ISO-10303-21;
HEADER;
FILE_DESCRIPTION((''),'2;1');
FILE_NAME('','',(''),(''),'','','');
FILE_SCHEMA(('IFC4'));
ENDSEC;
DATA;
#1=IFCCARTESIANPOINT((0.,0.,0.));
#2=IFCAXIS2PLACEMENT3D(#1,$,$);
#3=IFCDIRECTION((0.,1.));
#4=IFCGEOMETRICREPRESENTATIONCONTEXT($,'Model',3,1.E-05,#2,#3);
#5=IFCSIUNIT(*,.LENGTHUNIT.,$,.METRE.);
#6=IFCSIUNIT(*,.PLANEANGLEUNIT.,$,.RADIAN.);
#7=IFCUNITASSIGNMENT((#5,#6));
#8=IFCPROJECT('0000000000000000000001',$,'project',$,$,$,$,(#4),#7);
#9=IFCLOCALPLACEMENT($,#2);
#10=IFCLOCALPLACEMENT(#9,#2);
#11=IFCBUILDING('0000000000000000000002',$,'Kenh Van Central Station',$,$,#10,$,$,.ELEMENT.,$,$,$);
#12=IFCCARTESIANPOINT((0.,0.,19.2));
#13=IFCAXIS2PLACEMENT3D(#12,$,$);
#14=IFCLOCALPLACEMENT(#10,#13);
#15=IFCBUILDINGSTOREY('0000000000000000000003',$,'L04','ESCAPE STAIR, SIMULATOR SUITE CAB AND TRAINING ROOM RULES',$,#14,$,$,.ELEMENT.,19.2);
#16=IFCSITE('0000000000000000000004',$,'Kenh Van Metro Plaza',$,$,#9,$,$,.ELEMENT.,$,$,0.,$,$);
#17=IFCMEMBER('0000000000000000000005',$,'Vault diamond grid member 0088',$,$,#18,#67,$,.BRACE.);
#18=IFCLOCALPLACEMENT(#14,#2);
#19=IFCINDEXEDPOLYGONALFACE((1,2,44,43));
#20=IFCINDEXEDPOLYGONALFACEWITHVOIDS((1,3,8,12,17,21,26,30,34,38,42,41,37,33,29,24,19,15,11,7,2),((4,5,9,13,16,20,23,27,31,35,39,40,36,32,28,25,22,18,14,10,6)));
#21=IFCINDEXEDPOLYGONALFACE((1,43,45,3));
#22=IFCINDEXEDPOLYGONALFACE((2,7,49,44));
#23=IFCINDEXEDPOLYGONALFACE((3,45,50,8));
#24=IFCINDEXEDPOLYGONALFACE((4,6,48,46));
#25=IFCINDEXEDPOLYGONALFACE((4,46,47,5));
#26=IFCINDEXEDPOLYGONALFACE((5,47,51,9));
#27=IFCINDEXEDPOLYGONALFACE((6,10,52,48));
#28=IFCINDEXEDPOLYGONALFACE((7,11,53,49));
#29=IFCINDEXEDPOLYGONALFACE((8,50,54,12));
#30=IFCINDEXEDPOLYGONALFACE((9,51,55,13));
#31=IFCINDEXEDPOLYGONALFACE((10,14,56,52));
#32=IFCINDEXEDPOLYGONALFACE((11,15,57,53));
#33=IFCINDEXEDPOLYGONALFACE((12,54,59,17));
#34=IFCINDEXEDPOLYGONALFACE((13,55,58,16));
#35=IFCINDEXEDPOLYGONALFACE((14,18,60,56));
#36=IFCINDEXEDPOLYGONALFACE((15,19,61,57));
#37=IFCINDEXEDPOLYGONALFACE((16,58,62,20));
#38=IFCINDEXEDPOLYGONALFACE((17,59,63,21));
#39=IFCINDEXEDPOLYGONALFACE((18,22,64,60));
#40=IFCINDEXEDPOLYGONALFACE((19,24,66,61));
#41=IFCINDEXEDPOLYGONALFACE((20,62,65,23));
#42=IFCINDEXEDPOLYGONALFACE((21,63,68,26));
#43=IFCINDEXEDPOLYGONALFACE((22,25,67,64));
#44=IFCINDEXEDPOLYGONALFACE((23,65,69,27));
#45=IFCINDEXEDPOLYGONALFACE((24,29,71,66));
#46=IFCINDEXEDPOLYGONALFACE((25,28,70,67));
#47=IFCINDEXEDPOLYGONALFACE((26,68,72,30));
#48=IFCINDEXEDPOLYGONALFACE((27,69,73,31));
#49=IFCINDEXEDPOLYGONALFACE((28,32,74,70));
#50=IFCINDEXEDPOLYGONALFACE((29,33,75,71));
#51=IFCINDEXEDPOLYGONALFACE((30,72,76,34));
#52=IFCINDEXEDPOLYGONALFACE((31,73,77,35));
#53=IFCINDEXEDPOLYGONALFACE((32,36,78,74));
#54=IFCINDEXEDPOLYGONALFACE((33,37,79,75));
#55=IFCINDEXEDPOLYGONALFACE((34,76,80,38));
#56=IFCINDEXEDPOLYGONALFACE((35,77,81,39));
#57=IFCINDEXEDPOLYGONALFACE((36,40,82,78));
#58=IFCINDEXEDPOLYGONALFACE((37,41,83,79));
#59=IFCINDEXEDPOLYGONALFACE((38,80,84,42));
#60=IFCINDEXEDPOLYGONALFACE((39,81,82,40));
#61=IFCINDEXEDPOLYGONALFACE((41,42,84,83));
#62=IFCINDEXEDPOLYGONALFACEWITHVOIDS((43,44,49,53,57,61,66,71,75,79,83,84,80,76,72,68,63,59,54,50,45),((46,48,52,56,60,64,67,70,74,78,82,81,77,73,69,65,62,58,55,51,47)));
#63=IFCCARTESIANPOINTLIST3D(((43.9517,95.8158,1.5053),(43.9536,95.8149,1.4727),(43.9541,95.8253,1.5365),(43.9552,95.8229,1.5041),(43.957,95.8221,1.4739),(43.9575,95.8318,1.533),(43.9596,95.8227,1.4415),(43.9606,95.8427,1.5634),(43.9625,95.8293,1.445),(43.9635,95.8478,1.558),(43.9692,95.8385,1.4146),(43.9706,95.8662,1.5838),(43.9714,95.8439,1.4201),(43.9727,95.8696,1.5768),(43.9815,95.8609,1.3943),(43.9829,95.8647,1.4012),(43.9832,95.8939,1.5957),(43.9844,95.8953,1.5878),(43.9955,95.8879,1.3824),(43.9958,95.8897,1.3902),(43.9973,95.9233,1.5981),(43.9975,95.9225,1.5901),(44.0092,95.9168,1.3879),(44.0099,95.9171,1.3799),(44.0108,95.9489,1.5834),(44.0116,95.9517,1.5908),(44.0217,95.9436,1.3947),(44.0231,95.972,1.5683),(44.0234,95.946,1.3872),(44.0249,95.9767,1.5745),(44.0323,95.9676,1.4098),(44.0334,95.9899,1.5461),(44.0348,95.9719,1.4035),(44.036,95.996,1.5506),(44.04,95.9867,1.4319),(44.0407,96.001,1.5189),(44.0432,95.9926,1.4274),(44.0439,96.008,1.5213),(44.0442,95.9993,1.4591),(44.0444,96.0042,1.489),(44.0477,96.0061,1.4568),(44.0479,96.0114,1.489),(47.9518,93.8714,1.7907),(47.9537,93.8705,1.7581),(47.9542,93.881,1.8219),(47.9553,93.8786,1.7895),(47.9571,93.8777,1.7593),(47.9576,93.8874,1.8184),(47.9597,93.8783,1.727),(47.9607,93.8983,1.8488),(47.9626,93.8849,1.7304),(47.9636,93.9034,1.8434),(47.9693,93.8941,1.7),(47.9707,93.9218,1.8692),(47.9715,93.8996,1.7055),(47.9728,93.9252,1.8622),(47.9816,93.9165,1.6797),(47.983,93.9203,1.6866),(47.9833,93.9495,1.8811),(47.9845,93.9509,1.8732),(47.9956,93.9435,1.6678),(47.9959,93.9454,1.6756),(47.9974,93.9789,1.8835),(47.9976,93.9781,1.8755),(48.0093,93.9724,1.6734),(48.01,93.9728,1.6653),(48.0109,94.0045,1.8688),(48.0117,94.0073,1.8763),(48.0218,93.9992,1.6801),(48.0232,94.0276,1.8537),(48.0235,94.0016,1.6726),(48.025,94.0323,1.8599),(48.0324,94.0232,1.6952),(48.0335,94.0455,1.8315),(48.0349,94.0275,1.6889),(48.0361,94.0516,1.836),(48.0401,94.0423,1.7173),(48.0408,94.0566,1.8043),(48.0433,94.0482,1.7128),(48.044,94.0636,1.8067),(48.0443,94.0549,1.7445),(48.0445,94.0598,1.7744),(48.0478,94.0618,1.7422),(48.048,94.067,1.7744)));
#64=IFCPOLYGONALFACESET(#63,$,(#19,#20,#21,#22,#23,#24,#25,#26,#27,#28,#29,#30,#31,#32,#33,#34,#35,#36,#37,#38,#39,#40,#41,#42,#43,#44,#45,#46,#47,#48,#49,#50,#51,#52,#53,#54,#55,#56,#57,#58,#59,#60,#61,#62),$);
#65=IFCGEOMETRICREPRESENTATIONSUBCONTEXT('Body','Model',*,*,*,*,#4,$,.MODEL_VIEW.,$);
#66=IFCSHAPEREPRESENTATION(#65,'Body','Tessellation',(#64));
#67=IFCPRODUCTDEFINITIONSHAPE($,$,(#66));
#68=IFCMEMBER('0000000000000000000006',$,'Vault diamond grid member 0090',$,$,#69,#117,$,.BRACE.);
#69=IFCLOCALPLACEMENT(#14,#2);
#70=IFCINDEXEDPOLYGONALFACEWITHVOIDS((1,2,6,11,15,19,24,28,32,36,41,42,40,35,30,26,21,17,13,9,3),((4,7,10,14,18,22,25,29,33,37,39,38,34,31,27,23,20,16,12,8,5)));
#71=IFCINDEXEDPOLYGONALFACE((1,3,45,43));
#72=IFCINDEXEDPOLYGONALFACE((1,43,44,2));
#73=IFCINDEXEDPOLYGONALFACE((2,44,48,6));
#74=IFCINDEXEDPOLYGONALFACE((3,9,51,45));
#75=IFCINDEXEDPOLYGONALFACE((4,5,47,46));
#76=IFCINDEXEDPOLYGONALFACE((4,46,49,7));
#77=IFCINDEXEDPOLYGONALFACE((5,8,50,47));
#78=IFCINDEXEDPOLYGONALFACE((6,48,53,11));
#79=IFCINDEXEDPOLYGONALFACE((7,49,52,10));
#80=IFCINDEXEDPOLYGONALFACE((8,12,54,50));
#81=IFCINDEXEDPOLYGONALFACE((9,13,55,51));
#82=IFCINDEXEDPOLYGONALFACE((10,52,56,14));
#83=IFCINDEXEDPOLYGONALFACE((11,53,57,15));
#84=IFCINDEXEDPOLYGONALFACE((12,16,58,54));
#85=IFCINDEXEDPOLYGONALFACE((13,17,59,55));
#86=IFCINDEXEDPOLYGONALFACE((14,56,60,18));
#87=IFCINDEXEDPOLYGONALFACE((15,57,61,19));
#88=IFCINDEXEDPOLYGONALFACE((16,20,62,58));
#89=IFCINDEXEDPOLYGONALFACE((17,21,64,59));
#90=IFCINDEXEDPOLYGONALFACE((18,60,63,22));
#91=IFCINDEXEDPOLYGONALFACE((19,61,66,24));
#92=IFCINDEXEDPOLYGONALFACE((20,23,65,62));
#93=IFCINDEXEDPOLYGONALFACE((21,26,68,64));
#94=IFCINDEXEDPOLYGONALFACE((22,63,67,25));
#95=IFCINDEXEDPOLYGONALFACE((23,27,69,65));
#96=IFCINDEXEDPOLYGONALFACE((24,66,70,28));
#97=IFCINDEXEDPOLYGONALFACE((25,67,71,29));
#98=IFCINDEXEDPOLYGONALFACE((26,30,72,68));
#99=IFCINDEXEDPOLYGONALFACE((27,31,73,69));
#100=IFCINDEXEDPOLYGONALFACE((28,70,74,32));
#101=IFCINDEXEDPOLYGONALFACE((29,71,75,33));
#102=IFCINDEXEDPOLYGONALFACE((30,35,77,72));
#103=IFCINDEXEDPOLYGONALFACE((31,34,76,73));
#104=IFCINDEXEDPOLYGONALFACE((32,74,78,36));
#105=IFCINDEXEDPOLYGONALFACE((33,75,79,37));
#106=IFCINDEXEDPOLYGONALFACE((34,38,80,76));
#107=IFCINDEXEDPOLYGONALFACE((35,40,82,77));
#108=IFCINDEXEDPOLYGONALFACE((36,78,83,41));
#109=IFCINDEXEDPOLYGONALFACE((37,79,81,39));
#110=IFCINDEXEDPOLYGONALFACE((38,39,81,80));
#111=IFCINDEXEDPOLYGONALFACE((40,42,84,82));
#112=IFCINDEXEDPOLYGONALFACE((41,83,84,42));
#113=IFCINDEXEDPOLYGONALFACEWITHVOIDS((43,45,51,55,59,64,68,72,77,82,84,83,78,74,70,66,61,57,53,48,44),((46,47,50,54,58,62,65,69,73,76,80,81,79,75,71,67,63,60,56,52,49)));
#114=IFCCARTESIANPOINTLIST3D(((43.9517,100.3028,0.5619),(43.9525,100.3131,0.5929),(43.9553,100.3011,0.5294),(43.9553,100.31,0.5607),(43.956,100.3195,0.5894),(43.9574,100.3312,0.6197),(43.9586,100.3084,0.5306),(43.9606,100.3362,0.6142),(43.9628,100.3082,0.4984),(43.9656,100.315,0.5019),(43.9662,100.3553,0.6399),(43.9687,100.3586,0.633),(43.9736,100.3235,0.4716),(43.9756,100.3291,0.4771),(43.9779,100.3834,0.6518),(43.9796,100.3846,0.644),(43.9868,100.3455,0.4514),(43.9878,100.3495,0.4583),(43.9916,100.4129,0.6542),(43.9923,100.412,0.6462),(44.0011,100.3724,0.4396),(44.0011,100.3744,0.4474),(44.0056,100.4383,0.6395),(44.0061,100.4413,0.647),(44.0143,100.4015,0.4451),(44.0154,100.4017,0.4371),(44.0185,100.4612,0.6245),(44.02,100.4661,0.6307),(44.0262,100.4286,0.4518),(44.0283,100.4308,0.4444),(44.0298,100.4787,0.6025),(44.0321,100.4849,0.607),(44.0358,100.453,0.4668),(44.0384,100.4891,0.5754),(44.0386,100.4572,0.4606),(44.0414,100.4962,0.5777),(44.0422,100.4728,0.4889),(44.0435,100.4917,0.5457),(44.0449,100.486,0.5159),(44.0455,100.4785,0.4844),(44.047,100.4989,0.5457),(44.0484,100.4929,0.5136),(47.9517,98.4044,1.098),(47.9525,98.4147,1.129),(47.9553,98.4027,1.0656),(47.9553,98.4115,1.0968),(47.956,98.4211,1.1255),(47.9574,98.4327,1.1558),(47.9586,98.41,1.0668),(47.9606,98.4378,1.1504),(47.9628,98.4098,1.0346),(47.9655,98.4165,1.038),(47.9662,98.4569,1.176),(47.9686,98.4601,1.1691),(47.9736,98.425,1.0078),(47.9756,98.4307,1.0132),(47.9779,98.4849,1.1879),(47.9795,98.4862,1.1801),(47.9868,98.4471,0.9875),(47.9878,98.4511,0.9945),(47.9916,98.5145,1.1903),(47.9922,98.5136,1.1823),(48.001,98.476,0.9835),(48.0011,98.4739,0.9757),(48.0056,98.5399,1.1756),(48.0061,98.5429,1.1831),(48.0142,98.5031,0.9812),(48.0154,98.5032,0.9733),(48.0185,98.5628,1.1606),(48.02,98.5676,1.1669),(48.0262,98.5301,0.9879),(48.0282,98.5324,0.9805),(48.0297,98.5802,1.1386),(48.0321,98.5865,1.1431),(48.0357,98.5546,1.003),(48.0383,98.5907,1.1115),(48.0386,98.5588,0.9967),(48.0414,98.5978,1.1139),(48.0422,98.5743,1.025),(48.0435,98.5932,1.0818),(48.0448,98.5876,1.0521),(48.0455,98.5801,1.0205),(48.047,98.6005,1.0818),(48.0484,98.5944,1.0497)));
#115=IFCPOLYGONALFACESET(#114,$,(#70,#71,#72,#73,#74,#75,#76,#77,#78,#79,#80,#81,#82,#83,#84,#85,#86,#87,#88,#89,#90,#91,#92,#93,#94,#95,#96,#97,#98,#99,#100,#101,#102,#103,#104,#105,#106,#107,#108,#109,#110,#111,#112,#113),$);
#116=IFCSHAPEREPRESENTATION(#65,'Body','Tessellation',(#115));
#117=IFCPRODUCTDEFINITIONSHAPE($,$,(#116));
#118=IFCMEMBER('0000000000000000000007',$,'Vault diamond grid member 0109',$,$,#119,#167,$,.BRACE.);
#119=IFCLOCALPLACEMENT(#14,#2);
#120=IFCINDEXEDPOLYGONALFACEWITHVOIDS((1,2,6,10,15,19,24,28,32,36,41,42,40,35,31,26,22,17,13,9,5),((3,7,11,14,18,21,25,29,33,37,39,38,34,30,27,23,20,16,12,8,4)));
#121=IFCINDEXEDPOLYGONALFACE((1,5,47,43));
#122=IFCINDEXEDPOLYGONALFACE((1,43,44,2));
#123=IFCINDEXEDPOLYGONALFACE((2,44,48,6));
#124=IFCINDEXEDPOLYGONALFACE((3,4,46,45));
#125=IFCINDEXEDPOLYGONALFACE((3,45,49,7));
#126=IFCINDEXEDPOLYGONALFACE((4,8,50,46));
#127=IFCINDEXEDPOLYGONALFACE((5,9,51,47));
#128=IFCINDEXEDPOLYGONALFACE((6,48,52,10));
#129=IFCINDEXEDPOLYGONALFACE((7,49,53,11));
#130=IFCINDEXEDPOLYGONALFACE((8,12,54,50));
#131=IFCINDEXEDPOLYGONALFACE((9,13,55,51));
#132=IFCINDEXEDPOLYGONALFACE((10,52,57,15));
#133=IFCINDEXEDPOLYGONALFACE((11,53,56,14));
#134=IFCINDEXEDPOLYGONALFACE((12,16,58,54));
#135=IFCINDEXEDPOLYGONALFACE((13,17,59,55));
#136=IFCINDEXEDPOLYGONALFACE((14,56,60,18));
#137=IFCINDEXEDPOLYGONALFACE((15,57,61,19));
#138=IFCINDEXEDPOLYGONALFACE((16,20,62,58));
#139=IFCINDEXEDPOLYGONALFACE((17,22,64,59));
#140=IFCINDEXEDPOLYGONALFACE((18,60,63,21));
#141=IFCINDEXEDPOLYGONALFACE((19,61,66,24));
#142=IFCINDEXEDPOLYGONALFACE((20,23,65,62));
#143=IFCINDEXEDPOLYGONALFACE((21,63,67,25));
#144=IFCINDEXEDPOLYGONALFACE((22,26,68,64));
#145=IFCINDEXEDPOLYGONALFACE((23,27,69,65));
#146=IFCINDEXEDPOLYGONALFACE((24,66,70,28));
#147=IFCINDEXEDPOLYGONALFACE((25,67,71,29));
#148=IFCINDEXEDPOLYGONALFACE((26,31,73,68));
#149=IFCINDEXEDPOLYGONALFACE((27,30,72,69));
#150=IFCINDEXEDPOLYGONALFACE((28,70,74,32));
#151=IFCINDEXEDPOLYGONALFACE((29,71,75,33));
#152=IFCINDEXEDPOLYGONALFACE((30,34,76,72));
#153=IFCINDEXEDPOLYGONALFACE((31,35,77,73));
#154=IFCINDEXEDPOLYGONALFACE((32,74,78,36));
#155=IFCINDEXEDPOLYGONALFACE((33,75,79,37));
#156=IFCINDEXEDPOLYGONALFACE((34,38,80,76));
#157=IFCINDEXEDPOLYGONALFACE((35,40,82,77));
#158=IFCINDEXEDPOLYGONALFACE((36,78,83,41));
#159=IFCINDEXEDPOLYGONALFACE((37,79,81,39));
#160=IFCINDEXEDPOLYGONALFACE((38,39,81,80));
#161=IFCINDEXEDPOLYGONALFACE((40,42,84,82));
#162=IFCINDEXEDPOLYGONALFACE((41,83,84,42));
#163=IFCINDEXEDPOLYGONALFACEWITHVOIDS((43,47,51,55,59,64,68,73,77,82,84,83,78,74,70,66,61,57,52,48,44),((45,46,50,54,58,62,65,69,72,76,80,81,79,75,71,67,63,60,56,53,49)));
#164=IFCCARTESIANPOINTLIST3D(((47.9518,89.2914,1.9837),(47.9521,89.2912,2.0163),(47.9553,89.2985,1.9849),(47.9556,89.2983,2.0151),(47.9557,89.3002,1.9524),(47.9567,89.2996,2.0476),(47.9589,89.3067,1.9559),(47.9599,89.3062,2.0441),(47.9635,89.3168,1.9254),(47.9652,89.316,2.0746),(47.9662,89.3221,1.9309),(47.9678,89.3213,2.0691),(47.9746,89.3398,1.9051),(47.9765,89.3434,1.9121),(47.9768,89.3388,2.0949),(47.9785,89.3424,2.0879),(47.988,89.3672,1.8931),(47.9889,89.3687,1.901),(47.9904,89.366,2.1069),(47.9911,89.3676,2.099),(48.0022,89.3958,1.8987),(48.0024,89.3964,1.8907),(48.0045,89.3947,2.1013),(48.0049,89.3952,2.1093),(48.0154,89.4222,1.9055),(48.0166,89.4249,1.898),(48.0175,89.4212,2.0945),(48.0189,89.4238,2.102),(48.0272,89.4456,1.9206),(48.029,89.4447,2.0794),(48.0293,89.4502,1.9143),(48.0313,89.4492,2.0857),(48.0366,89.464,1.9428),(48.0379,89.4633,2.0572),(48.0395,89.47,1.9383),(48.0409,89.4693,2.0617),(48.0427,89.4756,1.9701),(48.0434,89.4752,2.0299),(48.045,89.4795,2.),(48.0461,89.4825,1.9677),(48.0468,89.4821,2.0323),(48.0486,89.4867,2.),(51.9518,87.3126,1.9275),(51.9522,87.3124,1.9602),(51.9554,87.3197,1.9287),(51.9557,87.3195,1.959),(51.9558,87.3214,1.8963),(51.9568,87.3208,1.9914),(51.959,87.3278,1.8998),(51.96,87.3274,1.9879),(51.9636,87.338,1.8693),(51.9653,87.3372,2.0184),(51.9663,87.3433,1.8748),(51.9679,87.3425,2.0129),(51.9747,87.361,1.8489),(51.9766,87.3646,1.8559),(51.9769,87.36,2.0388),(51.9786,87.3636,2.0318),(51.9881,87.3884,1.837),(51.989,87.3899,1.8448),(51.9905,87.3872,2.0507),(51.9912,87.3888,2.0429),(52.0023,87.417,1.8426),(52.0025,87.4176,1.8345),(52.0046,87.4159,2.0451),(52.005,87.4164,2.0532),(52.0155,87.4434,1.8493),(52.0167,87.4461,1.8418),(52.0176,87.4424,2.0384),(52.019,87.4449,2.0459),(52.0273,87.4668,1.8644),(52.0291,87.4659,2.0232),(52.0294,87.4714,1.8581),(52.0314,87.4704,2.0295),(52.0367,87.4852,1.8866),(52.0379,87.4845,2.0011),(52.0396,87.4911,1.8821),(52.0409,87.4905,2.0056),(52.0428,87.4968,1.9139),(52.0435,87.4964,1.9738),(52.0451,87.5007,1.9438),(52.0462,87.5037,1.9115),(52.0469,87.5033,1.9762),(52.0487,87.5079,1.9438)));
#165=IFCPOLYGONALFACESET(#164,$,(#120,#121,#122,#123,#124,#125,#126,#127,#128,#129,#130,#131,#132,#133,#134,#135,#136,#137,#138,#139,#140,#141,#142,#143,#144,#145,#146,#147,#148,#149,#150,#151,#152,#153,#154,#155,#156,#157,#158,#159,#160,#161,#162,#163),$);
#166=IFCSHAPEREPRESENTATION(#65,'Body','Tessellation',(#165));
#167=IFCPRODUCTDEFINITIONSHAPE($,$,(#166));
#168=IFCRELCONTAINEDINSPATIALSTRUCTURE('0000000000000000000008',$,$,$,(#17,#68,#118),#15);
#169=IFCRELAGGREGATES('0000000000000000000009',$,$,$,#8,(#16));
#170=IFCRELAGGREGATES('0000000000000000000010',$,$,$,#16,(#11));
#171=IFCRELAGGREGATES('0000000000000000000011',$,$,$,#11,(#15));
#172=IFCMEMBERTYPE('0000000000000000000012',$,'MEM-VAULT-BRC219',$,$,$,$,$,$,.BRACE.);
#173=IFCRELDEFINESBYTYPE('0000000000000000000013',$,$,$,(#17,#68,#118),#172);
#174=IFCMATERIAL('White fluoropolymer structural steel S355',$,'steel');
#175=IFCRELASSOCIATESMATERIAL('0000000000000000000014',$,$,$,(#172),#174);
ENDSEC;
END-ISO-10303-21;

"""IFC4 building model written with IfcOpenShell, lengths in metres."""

from ifc_helpers import new_model, si_unit, direction, frame, origin, origin_2d, place, context, subcontext, project, spatial, hollow_circle, extrude, material, material_profile, profile_set, type_object, element, save


model = new_model("IFC4")

# Units and contexts
model_context = context("Model", 3, precision=1e-05, world=origin(), true_north=direction((0.0, 1.0)))
body_context = subcontext(model_context, "Body", "Model", "MODEL_VIEW")
ifc_project = project(units=[si_unit("LENGTHUNIT", "METRE"), si_unit("PLANEANGLEUNIT", "RADIAN")], contexts=[model_context])

# Site, building, storey
site_placement = place(None, origin())
site = spatial("IfcSite", under=ifc_project, at=site_placement, Name="Kenh Van Metro Plaza", CompositionType="ELEMENT", RefElevation=0.0)
building_placement = place(site_placement, origin())
building = spatial("IfcBuilding", under=site, at=building_placement, Name="Kenh Van Central Station", CompositionType="ELEMENT")
storey_placement = place(building_placement, frame((0.0, 0.0, 19.2)))
storey = spatial("IfcBuildingStorey", under=building, at=storey_placement, Name="L04", Description="ESCAPE STAIR, SIMULATOR SUITE CAB AND TRAINING ROOM RULES", CompositionType="ELEMENT", Elevation=19.2)

# Shared definitions
ifc_material_1 = material(Name="White fluoropolymer structural steel S355", Category="steel")

# Members
ifc_material_profile_1 = material_profile(ifc_material_1, hollow_circle(Radius=0.1096, WallThickness=0.0081, at=origin_2d()), Name="CHS 219.1x8")
ifc_profile_set_1 = profile_set([ifc_material_profile_1], Name="White fluoropolymer structural steel S355")
member_type_1 = type_object("IfcMemberType", Name="MEM-VAULT-BRC219", PredefinedType="BRACE", material=ifc_profile_set_1)
member_1_placement = place(storey_placement, frame((44.0, 95.9128, 1.489), z_axis=(0.897531, -0.436276, 0.064039), x_axis=(0.437173, 0.899377, 0.0)))
element("IfcMember", 1, at=member_1_placement, inside=storey, type_object=member_type_1, Name="Vault diamond grid member 0088", PredefinedType="BRACE", context=body_context, shape_type="SweptSolid", body=[
    extrude(hollow_circle(Radius=0.1096, WallThickness=0.0081, at=origin_2d()), origin(), (0.0, 0.0, 1.0), 4.4568),
])
member_2_placement = place(storey_placement, frame((44.0, 100.3999, 0.5457), z_axis=(0.896863, -0.42566, 0.120209), x_axis=(0.428769, 0.903414, 0.0)))
element("IfcMember", 2, at=member_2_placement, inside=storey, type_object=member_type_1, Name="Vault diamond grid member 0090", PredefinedType="BRACE", context=body_context, shape_type="SweptSolid", body=[
    extrude(hollow_circle(Radius=0.1096, WallThickness=0.0081, at=origin_2d()), origin(), (0.0, 0.0, 1.0), 4.46),
])
member_3_placement = place(storey_placement, frame((48.0, 89.3884, 2.0), z_axis=(0.896252, -0.443367, -0.012582), x_axis=(0.443402, 0.896323, 0.0)))
element("IfcMember", 3, at=member_3_placement, inside=storey, type_object=member_type_1, Name="Vault diamond grid member 0109", PredefinedType="BRACE", context=body_context, shape_type="SweptSolid", body=[
    extrude(hollow_circle(Radius=0.1096, WallThickness=0.0081, at=origin_2d()), origin(), (0.0, 0.0, 1.0), 4.4631),
])

save(model, "model.ifc")
